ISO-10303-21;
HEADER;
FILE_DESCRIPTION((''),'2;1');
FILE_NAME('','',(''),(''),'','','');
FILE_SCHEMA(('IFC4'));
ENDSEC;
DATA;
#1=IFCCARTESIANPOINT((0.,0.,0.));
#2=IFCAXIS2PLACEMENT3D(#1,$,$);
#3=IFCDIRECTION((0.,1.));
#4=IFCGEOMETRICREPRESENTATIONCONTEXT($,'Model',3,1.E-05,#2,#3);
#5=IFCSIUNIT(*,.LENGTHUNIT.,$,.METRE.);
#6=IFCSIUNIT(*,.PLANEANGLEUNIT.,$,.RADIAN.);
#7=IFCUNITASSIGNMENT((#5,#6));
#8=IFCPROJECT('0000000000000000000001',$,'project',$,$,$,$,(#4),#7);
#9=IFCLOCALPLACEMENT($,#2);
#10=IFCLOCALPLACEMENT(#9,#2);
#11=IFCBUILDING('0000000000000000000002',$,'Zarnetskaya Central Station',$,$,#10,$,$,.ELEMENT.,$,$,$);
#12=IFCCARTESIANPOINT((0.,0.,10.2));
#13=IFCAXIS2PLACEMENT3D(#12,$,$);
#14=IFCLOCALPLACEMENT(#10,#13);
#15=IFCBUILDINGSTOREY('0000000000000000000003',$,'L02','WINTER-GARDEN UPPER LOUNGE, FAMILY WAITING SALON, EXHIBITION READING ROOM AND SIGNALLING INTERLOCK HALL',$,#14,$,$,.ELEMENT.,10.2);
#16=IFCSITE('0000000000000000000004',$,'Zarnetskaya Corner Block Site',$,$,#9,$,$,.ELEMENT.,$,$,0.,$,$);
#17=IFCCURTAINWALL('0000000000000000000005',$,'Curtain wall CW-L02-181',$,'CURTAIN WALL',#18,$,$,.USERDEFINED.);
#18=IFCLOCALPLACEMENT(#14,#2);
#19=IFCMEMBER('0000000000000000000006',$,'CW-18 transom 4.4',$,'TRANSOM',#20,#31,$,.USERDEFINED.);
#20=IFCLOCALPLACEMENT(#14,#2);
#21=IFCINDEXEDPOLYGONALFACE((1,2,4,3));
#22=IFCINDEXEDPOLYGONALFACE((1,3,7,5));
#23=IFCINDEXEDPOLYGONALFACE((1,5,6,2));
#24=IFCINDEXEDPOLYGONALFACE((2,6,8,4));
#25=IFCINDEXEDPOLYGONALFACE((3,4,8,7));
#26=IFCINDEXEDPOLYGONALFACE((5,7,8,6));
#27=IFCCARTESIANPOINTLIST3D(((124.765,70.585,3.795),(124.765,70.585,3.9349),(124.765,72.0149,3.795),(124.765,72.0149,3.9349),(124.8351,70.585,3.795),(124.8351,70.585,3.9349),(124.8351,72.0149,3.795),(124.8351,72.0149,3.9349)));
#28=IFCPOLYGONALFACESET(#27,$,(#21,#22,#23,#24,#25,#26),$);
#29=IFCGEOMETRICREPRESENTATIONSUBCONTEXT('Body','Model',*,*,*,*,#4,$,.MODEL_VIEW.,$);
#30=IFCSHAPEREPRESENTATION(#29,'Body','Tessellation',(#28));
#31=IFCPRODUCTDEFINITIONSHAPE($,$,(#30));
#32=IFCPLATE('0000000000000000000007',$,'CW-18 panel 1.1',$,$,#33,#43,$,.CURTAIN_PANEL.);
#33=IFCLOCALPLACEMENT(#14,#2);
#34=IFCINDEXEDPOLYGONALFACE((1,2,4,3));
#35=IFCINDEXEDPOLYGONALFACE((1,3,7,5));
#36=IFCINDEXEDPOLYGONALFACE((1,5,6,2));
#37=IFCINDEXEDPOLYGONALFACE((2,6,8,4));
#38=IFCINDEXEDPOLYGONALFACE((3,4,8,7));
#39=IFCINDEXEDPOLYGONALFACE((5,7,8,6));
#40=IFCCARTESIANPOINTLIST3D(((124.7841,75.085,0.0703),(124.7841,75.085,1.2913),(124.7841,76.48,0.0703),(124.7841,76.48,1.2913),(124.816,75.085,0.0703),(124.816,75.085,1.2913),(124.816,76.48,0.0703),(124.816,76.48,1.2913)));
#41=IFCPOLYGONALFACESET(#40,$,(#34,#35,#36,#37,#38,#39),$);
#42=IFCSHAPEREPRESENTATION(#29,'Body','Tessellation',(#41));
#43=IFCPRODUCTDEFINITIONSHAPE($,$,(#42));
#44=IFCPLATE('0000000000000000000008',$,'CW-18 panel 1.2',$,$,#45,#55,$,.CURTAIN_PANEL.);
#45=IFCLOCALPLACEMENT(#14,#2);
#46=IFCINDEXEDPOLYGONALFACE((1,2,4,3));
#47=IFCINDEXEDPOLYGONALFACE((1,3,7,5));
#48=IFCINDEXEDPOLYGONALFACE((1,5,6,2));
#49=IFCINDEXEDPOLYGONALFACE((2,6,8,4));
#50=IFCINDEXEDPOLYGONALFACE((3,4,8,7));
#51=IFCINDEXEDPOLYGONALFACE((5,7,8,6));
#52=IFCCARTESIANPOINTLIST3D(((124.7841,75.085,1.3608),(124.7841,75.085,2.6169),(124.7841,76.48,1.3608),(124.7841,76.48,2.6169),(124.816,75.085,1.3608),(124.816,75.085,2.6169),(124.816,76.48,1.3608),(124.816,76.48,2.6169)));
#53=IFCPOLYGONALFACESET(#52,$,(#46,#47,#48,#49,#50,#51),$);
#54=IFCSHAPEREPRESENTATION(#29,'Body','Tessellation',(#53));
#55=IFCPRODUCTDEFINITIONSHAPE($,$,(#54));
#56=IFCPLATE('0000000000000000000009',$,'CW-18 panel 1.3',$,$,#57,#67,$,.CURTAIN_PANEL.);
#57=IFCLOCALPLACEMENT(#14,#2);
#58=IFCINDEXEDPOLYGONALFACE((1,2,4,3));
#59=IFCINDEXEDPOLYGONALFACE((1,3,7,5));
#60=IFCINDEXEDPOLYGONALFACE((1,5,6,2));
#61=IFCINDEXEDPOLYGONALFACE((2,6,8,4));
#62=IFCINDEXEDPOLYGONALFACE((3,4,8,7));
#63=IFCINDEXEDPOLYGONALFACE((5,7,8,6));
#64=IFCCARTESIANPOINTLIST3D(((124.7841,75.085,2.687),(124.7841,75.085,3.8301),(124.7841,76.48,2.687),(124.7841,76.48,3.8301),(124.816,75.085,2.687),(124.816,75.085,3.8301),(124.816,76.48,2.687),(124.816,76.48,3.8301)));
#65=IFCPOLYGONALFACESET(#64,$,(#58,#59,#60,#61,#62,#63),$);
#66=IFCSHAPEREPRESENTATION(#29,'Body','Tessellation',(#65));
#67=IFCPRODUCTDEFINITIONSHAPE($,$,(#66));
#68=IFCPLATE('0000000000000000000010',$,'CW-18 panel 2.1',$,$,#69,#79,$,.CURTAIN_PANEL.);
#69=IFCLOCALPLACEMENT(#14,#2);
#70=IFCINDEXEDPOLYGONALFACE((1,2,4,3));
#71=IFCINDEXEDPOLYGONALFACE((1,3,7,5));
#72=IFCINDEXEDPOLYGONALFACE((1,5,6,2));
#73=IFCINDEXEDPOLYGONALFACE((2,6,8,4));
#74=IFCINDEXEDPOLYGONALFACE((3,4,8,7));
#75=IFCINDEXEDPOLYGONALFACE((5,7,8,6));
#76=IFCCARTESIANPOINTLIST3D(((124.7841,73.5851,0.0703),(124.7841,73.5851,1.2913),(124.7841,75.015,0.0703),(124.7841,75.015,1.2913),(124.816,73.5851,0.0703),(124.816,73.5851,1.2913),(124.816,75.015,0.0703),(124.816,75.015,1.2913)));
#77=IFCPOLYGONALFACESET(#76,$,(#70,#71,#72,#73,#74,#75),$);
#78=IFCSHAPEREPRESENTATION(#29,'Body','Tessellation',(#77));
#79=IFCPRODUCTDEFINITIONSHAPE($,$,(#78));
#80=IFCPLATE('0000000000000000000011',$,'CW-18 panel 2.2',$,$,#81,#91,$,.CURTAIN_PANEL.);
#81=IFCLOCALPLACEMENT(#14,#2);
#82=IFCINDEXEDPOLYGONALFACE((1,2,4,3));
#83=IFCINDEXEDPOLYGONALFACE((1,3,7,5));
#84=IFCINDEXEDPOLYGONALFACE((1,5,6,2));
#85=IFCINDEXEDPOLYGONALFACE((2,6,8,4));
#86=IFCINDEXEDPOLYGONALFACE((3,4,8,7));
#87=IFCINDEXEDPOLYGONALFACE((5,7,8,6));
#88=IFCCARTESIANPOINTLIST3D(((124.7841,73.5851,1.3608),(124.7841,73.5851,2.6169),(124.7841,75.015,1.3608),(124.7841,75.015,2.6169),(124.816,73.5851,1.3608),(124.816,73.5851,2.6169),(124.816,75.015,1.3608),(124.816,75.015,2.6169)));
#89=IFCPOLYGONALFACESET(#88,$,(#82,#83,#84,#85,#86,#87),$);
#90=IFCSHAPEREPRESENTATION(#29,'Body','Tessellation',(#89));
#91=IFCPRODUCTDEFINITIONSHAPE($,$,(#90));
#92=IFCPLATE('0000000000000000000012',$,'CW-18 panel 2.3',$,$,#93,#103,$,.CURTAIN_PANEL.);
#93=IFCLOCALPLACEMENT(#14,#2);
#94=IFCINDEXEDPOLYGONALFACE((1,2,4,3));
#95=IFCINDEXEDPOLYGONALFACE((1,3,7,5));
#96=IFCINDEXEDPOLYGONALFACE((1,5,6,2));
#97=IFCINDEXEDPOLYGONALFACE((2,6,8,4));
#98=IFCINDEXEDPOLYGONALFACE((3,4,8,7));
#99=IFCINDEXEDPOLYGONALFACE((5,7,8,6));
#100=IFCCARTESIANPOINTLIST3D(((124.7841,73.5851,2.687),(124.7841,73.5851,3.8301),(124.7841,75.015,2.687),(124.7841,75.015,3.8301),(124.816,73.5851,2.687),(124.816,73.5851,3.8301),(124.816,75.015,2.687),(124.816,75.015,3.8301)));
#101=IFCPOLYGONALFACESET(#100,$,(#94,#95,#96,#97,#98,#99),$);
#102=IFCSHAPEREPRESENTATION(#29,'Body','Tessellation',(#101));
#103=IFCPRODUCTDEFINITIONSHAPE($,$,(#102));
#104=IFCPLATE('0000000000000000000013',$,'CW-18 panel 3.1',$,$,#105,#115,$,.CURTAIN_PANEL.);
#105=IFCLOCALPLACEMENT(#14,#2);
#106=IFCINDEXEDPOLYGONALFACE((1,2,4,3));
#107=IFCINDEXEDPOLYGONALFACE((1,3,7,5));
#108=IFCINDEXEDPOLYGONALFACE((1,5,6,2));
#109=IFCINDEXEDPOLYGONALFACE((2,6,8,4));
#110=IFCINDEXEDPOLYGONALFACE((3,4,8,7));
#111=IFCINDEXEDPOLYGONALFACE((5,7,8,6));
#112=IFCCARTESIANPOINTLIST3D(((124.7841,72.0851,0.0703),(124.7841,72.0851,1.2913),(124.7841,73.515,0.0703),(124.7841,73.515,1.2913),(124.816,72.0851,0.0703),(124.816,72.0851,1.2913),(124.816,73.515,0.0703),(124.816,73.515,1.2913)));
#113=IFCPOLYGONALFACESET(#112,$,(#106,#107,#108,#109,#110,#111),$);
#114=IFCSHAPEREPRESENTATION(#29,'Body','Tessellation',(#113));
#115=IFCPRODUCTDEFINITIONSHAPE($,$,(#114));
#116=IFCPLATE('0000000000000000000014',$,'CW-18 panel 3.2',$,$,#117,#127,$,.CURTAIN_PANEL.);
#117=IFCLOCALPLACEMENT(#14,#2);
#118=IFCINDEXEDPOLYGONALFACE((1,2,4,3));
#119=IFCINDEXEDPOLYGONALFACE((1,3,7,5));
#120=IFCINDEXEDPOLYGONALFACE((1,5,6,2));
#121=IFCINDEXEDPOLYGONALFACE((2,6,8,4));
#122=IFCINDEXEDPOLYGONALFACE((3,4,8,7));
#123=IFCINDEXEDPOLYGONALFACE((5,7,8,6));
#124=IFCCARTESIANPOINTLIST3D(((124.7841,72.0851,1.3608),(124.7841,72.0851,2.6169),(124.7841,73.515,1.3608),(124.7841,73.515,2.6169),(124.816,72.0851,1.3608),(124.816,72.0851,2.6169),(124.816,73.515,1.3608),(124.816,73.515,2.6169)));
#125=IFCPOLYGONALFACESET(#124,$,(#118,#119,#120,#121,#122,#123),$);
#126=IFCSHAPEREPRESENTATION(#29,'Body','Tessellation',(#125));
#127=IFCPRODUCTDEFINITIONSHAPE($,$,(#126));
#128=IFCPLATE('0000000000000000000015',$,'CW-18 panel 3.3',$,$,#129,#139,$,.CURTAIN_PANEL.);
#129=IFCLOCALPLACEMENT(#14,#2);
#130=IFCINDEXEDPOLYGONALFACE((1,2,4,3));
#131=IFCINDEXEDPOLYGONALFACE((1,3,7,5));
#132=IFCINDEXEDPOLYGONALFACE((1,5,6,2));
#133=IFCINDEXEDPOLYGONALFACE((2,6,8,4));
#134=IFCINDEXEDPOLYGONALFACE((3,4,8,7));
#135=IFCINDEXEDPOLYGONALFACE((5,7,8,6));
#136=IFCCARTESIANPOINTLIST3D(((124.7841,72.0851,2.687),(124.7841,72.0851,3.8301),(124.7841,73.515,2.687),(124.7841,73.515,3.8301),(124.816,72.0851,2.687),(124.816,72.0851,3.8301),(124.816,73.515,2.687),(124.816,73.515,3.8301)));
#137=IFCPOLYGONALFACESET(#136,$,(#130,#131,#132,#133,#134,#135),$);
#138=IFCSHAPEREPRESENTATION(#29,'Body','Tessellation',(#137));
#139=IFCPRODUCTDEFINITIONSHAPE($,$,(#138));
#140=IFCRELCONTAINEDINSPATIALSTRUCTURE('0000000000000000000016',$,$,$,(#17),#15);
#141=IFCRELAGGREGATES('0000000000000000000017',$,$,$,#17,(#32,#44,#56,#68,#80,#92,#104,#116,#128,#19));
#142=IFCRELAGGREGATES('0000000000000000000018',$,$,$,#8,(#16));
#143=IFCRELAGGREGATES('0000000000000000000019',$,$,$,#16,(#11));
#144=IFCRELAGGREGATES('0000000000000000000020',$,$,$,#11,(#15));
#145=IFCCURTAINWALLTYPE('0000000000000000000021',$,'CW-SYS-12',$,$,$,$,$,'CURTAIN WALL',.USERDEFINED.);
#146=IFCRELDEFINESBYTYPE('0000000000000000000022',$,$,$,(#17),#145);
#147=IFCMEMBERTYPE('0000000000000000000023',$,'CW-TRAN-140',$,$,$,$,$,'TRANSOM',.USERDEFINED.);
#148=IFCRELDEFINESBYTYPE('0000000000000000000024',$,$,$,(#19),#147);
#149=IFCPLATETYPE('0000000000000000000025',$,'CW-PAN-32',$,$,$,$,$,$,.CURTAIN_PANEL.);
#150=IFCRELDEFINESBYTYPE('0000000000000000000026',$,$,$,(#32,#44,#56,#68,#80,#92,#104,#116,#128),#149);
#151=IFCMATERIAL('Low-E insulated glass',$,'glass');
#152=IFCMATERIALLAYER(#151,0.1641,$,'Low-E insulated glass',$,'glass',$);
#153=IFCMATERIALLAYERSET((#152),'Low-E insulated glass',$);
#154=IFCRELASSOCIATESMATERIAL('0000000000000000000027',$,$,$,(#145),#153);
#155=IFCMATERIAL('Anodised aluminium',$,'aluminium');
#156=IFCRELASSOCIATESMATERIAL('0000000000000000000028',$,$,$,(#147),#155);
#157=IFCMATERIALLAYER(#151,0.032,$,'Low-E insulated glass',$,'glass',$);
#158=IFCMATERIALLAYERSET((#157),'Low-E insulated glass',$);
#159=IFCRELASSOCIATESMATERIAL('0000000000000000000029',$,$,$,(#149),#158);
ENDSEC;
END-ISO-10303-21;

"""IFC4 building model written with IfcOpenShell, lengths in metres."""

from ifc_helpers import new_model, si_unit, direction, frame, origin, origin_2d, place, context, subcontext, project, spatial, rectangle, extrude, material, layer, layer_set, material_profile, profile_set, type_object, element, aggregate, save


model = new_model("IFC4")

# Units and contexts
model_context = context("Model", 3, precision=1e-05, world=origin(), true_north=direction((0.0, 1.0)))
body_context = subcontext(model_context, "Body", "Model", "MODEL_VIEW")
ifc_project = project(units=[si_unit("LENGTHUNIT", "METRE"), si_unit("PLANEANGLEUNIT", "RADIAN")], contexts=[model_context])

# Site, building, storey
site_placement = place(None, origin())
site = spatial("IfcSite", under=ifc_project, at=site_placement, Name="Zarnetskaya Corner Block Site", CompositionType="ELEMENT", RefElevation=0.0)
building_placement = place(site_placement, origin())
building = spatial("IfcBuilding", under=site, at=building_placement, Name="Zarnetskaya Central Station", CompositionType="ELEMENT")
storey_placement = place(building_placement, frame((0.0, 0.0, 10.2)))
storey = spatial("IfcBuildingStorey", under=building, at=storey_placement, Name="L02", Description="WINTER-GARDEN UPPER LOUNGE, FAMILY WAITING SALON, EXHIBITION READING ROOM AND SIGNALLING INTERLOCK HALL", CompositionType="ELEMENT", Elevation=10.2)

# Curtain wall, member, plates
ifc_material_1 = material(Name="Low-E insulated glass", Category="glass")
ifc_layer_1 = layer(ifc_material_1, 0.1641, Name="Low-E insulated glass", Category="glass")
ifc_layer_set_1 = layer_set([ifc_layer_1], Name="Low-E insulated glass")
curtain_wall_type = type_object("IfcCurtainWallType", Name="CW-SYS-12", ElementType="CURTAIN WALL", PredefinedType="USERDEFINED", material=ifc_layer_set_1)
curtain_wall_placement = place(storey_placement, origin())
curtain_wall = element("IfcCurtainWall", 1, at=curtain_wall_placement, inside=storey, type_object=curtain_wall_type, Name="Curtain wall CW-L02-181", ObjectType="CURTAIN WALL", PredefinedType="USERDEFINED")
ifc_material_2 = material(Name="Anodised aluminium", Category="aluminium")
ifc_material_profile_1 = material_profile(ifc_material_2, rectangle(XDim=0.0701, YDim=0.1399, at=origin_2d()), Name="ALU TRAN 70x140")
ifc_profile_set_1 = profile_set([ifc_material_profile_1], Name="Anodised aluminium")
member_type_1 = type_object("IfcMemberType", Name="CW-TRAN-140", ElementType="TRANSOM", PredefinedType="USERDEFINED", material=ifc_profile_set_1)
member_1_placement = place(storey_placement, frame((124.8, 72.0149, 3.865), z_axis=(0.0, -1.0, 0.0), x_axis=(1.0, 0.0, 0.0)))
member_1 = element("IfcMember", 2, at=member_1_placement, type_object=member_type_1, Name="CW-18 transom 4.4", ObjectType="TRANSOM", PredefinedType="USERDEFINED", context=body_context, shape_type="SweptSolid", body=[
    extrude(rectangle(XDim=0.0701, YDim=0.1399, at=origin_2d()), origin(), (0.0, 0.0, 1.0), 1.4299),
])
ifc_layer_2 = layer(ifc_material_1, 0.032, Name="Low-E insulated glass", Category="glass")
ifc_layer_set_2 = layer_set([ifc_layer_2], Name="Low-E insulated glass")
plate_type = type_object("IfcPlateType", Name="CW-PAN-32", PredefinedType="CURTAIN_PANEL", material=ifc_layer_set_2)
plate_1_placement = place(storey_placement, frame((124.8, 75.7825, 0.0703), z_axis=(0.0, 0.0, 1.0), x_axis=(0.0, -1.0, 0.0)))
plate_1 = element("IfcPlate", 3, at=plate_1_placement, type_object=plate_type, Name="CW-18 panel 1.1", PredefinedType="CURTAIN_PANEL", context=body_context, shape_type="SweptSolid", body=[
    extrude(rectangle(XDim=1.395, YDim=0.032, at=origin_2d()), origin(), (0.0, 0.0, 1.0), 1.2209),
])
plate_2_placement = place(storey_placement, frame((124.8, 75.7825, 1.3608), z_axis=(0.0, 0.0, 1.0), x_axis=(0.0, -1.0, 0.0)))
plate_2 = element("IfcPlate", 4, at=plate_2_placement, type_object=plate_type, Name="CW-18 panel 1.2", PredefinedType="CURTAIN_PANEL", context=body_context, shape_type="SweptSolid", body=[
    extrude(rectangle(XDim=1.395, YDim=0.032, at=origin_2d()), origin(), (0.0, 0.0, 1.0), 1.2561),
])
plate_3_placement = place(storey_placement, frame((124.8, 75.7825, 2.687), z_axis=(0.0, 0.0, 1.0), x_axis=(0.0, -1.0, 0.0)))
plate_3 = element("IfcPlate", 5, at=plate_3_placement, type_object=plate_type, Name="CW-18 panel 1.3", PredefinedType="CURTAIN_PANEL", context=body_context, shape_type="SweptSolid", body=[
    extrude(rectangle(XDim=1.395, YDim=0.032, at=origin_2d()), origin(), (0.0, 0.0, 1.0), 1.1431),
])
plate_4_placement = place(storey_placement, frame((124.8, 74.3, 0.0703), z_axis=(0.0, 0.0, 1.0), x_axis=(0.0, -1.0, 0.0)))
plate_4 = element("IfcPlate", 6, at=plate_4_placement, type_object=plate_type, Name="CW-18 panel 2.1", PredefinedType="CURTAIN_PANEL", context=body_context, shape_type="SweptSolid", body=[
    extrude(rectangle(XDim=1.4299, YDim=0.032, at=origin_2d()), origin(), (0.0, 0.0, 1.0), 1.2209),
])
plate_5_placement = place(storey_placement, frame((124.8, 74.3, 1.3608), z_axis=(0.0, 0.0, 1.0), x_axis=(0.0, -1.0, 0.0)))
plate_5 = element("IfcPlate", 7, at=plate_5_placement, type_object=plate_type, Name="CW-18 panel 2.2", PredefinedType="CURTAIN_PANEL", context=body_context, shape_type="SweptSolid", body=[
    extrude(rectangle(XDim=1.4299, YDim=0.032, at=origin_2d()), origin(), (0.0, 0.0, 1.0), 1.2561),
])
plate_6_placement = place(storey_placement, frame((124.8, 74.3, 2.687), z_axis=(0.0, 0.0, 1.0), x_axis=(0.0, -1.0, 0.0)))
plate_6 = element("IfcPlate", 8, at=plate_6_placement, type_object=plate_type, Name="CW-18 panel 2.3", PredefinedType="CURTAIN_PANEL", context=body_context, shape_type="SweptSolid", body=[
    extrude(rectangle(XDim=1.4299, YDim=0.032, at=origin_2d()), origin(), (0.0, 0.0, 1.0), 1.1431),
])
plate_7_placement = place(storey_placement, frame((124.8, 72.8, 0.0703), z_axis=(0.0, 0.0, 1.0), x_axis=(0.0, -1.0, 0.0)))
plate_7 = element("IfcPlate", 9, at=plate_7_placement, type_object=plate_type, Name="CW-18 panel 3.1", PredefinedType="CURTAIN_PANEL", context=body_context, shape_type="SweptSolid", body=[
    extrude(rectangle(XDim=1.4299, YDim=0.032, at=origin_2d()), origin(), (0.0, 0.0, 1.0), 1.2209),
])
plate_8_placement = place(storey_placement, frame((124.8, 72.8, 1.3608), z_axis=(0.0, 0.0, 1.0), x_axis=(0.0, -1.0, 0.0)))
plate_8 = element("IfcPlate", 10, at=plate_8_placement, type_object=plate_type, Name="CW-18 panel 3.2", PredefinedType="CURTAIN_PANEL", context=body_context, shape_type="SweptSolid", body=[
    extrude(rectangle(XDim=1.4299, YDim=0.032, at=origin_2d()), origin(), (0.0, 0.0, 1.0), 1.2561),
])
plate_9_placement = place(storey_placement, frame((124.8, 72.8, 2.687), z_axis=(0.0, 0.0, 1.0), x_axis=(0.0, -1.0, 0.0)))
plate_9 = element("IfcPlate", 11, at=plate_9_placement, type_object=plate_type, Name="CW-18 panel 3.3", PredefinedType="CURTAIN_PANEL", context=body_context, shape_type="SweptSolid", body=[
    extrude(rectangle(XDim=1.4299, YDim=0.032, at=origin_2d()), origin(), (0.0, 0.0, 1.0), 1.1431),
])
aggregate(curtain_wall, [plate_1, plate_2, plate_3, plate_4, plate_5, plate_6, plate_7, plate_8, plate_9, member_1])

save(model, "model.ifc")
